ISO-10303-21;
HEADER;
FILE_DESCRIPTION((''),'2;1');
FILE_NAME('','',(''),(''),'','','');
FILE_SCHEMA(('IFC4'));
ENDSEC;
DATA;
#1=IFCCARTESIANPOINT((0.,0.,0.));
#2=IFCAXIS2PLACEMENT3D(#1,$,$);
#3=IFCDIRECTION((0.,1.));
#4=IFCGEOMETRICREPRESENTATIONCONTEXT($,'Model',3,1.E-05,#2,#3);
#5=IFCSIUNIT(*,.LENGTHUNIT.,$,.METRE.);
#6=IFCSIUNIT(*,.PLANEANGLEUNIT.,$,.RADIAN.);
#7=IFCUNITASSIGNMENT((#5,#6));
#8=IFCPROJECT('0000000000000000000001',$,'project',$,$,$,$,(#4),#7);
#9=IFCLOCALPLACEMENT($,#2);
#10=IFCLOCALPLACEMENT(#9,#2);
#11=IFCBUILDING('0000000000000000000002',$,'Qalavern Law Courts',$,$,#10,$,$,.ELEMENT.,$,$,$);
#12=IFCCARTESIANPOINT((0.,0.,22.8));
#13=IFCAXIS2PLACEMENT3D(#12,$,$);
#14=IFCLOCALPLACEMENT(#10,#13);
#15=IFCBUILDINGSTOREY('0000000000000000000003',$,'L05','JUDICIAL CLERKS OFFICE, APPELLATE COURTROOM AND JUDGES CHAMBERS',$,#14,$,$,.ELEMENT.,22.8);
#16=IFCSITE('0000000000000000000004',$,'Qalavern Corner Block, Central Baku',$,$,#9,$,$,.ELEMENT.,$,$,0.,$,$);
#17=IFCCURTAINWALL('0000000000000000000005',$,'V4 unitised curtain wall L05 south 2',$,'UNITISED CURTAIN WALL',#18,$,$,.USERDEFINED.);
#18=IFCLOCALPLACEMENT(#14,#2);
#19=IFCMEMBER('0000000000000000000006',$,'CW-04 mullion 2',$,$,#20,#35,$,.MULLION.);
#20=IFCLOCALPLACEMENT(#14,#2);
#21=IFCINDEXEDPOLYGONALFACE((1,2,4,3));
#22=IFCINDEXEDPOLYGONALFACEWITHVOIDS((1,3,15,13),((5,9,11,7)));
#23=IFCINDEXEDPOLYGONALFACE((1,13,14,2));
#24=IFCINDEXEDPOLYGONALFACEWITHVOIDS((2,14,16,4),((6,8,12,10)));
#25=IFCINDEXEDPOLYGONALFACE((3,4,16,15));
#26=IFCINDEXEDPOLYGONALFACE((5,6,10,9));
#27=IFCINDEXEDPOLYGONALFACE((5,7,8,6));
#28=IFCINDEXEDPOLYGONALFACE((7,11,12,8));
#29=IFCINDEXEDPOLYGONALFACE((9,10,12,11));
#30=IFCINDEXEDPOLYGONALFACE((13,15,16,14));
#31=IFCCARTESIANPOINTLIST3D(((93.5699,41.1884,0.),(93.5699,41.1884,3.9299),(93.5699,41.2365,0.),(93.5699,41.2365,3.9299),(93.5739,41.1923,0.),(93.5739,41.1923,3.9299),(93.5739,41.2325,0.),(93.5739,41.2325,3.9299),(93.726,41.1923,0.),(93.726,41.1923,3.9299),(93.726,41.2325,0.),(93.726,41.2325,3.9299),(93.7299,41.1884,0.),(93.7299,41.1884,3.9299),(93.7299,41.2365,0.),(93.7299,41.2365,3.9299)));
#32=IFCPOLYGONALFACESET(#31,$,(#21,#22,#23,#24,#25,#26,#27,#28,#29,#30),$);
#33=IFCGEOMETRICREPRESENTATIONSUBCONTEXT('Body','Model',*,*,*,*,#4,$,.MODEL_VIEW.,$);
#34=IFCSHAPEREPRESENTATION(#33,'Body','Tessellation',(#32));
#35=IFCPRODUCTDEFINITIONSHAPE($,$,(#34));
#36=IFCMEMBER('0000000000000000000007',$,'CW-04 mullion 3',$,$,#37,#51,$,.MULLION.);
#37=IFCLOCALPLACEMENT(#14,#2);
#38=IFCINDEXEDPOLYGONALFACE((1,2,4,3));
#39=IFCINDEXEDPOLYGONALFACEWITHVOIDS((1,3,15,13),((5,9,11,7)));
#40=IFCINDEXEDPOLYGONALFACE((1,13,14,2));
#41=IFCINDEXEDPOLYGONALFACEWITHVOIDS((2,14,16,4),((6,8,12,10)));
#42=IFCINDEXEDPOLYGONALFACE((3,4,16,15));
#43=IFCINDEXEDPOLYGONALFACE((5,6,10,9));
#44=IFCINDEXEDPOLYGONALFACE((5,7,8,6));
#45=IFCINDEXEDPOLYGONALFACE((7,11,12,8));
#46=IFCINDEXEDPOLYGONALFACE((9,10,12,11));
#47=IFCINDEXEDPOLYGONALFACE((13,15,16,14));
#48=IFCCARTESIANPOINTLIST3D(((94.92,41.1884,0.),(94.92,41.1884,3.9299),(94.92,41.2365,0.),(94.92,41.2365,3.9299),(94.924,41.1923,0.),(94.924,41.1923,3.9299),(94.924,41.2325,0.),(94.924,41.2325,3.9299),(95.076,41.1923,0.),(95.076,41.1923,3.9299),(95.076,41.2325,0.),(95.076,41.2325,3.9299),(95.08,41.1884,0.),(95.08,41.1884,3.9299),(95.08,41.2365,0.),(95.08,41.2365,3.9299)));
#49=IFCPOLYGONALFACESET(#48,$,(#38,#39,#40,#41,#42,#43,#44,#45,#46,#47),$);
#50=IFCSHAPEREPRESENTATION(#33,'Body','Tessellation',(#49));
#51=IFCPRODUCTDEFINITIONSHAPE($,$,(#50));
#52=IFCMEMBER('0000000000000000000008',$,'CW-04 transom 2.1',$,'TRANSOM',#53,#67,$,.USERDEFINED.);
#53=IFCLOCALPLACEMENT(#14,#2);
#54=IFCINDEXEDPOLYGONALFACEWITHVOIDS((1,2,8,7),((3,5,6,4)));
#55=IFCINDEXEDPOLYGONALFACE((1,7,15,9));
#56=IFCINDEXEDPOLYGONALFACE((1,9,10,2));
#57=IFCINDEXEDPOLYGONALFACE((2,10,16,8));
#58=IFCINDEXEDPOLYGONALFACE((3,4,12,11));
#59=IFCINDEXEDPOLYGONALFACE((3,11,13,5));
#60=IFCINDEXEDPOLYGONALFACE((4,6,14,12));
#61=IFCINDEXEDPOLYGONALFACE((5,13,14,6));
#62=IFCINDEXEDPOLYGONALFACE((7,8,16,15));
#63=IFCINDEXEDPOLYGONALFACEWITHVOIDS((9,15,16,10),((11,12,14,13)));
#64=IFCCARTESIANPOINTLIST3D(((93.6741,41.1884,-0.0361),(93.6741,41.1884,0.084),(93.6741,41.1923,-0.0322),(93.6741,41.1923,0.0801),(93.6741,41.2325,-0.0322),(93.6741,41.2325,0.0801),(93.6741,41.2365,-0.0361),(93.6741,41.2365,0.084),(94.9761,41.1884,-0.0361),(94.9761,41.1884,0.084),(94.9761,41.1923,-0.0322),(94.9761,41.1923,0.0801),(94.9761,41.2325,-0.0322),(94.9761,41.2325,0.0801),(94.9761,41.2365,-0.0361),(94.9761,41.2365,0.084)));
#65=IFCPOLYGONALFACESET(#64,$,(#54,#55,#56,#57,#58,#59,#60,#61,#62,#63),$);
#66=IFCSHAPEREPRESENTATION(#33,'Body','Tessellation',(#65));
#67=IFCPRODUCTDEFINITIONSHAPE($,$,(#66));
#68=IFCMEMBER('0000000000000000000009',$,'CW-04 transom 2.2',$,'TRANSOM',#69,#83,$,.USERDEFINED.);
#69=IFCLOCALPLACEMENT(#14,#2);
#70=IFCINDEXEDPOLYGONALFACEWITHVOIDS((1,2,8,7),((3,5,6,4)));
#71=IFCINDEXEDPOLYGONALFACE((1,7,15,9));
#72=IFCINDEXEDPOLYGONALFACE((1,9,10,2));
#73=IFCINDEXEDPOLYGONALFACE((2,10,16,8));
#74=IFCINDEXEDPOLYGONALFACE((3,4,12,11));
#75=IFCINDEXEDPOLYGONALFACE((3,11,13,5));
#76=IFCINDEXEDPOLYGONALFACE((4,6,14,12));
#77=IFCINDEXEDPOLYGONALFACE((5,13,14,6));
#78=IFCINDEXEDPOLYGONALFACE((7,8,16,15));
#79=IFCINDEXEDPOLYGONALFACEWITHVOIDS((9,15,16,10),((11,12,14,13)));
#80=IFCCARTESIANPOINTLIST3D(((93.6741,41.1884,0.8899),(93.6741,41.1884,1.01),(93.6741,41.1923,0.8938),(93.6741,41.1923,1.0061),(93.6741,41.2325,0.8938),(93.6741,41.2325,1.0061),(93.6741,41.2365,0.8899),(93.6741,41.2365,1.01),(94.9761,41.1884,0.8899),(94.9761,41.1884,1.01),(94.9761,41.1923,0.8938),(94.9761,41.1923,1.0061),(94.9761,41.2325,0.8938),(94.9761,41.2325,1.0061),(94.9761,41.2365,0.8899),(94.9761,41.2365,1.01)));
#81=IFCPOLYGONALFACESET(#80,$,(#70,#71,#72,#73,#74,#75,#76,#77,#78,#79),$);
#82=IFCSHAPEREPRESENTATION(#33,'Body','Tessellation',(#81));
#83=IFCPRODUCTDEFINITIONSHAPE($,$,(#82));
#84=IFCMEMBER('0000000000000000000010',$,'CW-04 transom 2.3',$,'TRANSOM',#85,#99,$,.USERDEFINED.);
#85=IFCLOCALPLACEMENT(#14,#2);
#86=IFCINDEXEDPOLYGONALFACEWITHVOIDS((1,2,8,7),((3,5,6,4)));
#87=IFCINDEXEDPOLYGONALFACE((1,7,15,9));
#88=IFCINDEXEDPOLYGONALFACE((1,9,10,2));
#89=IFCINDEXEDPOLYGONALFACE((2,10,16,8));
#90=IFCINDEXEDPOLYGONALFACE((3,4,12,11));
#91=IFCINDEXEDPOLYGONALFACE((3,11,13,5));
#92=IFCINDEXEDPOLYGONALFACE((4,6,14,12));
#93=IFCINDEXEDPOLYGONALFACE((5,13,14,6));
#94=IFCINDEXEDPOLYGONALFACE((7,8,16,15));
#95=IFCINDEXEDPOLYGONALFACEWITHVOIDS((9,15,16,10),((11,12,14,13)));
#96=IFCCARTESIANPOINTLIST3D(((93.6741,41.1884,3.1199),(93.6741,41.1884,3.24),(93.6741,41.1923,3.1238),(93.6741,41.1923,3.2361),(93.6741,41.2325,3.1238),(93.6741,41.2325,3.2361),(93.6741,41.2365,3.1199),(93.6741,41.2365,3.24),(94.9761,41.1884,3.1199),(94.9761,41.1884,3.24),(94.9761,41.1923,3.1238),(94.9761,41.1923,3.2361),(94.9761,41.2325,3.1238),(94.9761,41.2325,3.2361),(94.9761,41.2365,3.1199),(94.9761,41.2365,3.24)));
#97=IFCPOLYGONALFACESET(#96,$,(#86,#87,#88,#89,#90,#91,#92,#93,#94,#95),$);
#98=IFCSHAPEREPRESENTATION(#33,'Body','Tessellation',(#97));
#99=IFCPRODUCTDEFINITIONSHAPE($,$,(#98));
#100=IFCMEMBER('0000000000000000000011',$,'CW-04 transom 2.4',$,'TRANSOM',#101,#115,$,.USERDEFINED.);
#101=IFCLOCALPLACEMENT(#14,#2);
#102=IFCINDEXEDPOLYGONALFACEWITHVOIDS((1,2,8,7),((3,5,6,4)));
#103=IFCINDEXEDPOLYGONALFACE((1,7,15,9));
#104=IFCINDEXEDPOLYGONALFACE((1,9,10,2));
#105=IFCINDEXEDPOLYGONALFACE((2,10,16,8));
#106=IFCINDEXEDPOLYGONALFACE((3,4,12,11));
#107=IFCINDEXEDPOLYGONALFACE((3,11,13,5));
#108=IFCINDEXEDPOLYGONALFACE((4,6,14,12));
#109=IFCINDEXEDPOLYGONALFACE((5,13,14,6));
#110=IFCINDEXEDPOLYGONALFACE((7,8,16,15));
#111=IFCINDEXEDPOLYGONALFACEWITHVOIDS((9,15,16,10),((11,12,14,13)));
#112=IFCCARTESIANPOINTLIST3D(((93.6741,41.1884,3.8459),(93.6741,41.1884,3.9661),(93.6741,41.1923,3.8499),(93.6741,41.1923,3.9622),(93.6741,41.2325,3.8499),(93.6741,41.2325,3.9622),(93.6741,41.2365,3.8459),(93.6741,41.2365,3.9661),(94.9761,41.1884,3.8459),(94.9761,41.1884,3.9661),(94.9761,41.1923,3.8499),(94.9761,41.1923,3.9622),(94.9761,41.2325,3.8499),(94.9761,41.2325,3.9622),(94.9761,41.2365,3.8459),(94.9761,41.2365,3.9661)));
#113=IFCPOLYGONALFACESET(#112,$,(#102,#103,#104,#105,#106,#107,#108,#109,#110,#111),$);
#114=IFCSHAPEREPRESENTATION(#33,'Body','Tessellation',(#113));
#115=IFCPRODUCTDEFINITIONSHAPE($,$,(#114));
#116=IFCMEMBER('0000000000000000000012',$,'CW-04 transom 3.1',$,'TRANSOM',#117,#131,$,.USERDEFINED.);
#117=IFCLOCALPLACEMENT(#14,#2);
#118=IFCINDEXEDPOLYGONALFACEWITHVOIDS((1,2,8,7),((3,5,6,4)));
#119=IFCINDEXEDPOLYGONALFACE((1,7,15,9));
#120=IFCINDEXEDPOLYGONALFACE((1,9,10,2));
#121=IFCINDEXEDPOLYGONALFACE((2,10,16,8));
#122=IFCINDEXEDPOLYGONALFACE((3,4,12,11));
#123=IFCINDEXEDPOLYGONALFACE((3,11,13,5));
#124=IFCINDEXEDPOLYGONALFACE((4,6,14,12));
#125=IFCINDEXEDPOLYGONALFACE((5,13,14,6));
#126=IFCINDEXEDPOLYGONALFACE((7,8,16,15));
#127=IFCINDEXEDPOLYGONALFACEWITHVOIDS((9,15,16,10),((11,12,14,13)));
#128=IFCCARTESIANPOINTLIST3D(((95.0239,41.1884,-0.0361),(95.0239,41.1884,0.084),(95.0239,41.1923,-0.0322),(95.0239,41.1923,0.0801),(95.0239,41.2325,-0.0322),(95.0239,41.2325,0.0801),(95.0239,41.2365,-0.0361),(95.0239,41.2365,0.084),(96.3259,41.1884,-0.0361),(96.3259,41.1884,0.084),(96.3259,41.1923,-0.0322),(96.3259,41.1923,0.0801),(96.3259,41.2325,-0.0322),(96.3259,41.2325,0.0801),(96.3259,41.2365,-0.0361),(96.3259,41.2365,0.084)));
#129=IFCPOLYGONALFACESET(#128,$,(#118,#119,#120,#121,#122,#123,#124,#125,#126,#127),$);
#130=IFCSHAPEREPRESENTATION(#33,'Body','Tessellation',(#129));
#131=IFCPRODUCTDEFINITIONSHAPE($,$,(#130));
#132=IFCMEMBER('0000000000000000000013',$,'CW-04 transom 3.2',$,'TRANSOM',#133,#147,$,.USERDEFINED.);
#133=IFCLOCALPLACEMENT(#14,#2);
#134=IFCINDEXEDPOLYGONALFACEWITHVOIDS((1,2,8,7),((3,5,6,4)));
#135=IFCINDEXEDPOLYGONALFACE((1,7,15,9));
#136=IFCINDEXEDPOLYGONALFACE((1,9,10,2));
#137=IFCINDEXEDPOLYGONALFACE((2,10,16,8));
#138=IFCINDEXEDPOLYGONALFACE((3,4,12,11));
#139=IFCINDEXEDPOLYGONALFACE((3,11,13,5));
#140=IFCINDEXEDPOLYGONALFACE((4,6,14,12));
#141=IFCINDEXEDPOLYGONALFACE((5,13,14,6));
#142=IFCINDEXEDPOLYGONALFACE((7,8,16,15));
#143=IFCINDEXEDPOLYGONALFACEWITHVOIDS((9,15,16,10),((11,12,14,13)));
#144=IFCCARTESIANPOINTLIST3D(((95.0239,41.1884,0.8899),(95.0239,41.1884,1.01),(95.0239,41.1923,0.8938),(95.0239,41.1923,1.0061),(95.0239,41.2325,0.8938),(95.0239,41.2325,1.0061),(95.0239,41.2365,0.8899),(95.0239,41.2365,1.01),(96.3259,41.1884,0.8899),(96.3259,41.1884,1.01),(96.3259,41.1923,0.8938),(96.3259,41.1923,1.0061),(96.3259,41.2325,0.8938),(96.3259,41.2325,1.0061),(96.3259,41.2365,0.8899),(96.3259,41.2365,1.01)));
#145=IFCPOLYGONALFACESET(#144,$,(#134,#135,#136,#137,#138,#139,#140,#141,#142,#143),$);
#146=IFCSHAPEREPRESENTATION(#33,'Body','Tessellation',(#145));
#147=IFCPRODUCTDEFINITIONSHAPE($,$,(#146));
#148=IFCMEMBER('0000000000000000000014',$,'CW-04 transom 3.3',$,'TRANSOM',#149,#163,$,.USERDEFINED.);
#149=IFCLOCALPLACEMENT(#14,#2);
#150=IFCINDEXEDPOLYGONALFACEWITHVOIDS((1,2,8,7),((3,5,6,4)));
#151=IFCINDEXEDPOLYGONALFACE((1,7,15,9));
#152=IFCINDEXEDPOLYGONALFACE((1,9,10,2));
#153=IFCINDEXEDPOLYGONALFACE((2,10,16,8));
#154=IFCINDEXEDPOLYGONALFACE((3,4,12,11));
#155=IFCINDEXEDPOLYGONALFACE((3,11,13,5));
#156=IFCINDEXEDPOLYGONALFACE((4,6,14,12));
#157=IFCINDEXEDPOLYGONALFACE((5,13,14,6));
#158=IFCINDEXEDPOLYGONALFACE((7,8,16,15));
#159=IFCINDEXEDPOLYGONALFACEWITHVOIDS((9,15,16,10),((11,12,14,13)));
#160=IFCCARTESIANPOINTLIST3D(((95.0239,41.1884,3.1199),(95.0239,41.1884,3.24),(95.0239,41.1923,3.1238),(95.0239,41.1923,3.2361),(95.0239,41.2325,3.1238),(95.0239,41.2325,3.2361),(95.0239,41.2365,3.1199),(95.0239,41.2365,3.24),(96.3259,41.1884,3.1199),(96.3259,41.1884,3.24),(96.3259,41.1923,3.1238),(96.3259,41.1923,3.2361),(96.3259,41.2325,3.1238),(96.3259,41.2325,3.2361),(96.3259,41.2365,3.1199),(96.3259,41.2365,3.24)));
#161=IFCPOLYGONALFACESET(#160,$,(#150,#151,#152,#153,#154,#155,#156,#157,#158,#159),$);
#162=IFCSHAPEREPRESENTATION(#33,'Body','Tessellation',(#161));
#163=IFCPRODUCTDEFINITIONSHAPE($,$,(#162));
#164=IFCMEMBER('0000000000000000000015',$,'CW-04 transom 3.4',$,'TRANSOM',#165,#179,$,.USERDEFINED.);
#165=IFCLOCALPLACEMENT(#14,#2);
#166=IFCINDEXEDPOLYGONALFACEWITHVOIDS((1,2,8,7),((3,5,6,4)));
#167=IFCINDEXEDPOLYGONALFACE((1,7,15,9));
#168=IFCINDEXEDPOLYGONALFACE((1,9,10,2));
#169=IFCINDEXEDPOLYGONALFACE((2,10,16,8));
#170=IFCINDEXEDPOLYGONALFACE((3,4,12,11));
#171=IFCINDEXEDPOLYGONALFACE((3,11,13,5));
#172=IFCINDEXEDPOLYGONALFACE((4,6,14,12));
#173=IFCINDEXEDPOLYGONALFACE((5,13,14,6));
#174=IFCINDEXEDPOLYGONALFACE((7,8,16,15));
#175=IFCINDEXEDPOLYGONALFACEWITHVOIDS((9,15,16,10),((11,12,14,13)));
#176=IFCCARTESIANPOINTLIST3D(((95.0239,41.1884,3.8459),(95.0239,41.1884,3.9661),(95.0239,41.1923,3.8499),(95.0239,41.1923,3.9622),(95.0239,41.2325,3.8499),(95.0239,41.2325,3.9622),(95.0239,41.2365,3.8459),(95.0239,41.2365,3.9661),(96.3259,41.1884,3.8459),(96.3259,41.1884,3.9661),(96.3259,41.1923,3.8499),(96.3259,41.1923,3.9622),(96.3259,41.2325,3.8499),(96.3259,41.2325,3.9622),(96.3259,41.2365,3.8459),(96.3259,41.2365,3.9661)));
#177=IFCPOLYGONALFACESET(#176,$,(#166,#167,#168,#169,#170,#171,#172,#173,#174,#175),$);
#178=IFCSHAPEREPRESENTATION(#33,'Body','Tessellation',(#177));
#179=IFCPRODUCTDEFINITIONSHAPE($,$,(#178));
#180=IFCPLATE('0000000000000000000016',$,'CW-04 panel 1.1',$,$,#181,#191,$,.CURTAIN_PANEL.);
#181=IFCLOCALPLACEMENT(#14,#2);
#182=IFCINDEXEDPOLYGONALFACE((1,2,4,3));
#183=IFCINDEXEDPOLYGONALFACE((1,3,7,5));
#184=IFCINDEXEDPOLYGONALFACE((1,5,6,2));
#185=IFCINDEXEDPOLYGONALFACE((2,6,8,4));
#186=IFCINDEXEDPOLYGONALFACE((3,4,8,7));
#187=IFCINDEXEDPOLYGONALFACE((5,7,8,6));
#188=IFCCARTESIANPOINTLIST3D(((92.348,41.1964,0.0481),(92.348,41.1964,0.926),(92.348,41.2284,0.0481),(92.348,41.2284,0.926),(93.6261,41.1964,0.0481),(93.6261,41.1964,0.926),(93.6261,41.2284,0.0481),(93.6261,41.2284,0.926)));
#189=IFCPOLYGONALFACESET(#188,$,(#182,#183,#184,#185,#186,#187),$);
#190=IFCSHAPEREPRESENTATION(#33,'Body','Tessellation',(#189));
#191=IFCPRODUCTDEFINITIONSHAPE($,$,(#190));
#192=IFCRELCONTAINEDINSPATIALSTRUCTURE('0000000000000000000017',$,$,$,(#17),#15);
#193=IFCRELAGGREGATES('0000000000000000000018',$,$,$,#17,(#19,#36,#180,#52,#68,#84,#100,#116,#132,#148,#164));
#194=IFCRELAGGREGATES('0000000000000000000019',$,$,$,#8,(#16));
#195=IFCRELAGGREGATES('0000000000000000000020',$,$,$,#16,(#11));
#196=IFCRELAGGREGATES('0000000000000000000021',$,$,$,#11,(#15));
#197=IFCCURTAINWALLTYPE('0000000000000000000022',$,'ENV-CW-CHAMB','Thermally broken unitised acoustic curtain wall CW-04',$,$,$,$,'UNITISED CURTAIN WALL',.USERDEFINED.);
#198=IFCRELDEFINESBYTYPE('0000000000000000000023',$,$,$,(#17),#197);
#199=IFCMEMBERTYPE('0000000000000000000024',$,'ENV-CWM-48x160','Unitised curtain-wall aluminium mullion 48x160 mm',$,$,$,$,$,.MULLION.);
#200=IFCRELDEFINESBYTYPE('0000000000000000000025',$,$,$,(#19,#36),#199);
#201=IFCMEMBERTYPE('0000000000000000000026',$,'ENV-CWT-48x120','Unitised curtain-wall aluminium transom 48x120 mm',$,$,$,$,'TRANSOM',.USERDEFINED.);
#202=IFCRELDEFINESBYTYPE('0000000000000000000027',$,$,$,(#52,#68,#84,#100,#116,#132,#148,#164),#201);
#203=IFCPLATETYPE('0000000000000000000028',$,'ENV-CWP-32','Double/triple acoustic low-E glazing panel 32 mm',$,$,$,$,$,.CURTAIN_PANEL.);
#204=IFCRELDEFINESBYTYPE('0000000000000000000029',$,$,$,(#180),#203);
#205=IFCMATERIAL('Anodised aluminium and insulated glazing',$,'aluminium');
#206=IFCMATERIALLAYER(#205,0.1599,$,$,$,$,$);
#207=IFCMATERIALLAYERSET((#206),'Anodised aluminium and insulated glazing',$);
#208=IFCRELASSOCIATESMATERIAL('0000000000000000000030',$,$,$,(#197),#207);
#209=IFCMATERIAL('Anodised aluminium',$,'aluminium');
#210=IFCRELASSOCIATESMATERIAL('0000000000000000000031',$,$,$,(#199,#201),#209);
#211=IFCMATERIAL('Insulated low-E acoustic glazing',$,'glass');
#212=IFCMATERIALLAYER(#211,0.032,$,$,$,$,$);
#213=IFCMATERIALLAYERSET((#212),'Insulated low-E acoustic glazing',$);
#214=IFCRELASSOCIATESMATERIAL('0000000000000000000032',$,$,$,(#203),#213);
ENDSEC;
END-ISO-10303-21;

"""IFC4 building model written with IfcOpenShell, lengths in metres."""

from ifc_helpers import new_model, si_unit, direction, frame, origin, origin_2d, place, context, subcontext, project, spatial, rectangle, hollow_rectangle, extrude, material, layer, layer_set, material_profile, profile_set, type_object, element, aggregate, save


model = new_model("IFC4")

# Units and contexts
model_context = context("Model", 3, precision=1e-05, world=origin(), true_north=direction((0.0, 1.0)))
body_context = subcontext(model_context, "Body", "Model", "MODEL_VIEW")
ifc_project = project(units=[si_unit("LENGTHUNIT", "METRE"), si_unit("PLANEANGLEUNIT", "RADIAN")], contexts=[model_context])

# Site, building, storey
site_placement = place(None, origin())
site = spatial("IfcSite", under=ifc_project, at=site_placement, Name="Qalavern Corner Block, Central Baku", CompositionType="ELEMENT", RefElevation=0.0)
building_placement = place(site_placement, origin())
building = spatial("IfcBuilding", under=site, at=building_placement, Name="Qalavern Law Courts", CompositionType="ELEMENT")
storey_placement = place(building_placement, frame((0.0, 0.0, 22.8)))
storey = spatial("IfcBuildingStorey", under=building, at=storey_placement, Name="L05", Description="JUDICIAL CLERKS OFFICE, APPELLATE COURTROOM AND JUDGES CHAMBERS", CompositionType="ELEMENT", Elevation=22.8)

# Curtain wall, members, plate
ifc_material_1 = material(Name="Anodised aluminium and insulated glazing", Category="aluminium")
ifc_layer_1 = layer(ifc_material_1, 0.1599)
ifc_layer_set_1 = layer_set([ifc_layer_1], Name="Anodised aluminium and insulated glazing")
curtain_wall_type = type_object("IfcCurtainWallType", Name="ENV-CW-CHAMB", Description="Thermally broken unitised acoustic curtain wall CW-04", ElementType="UNITISED CURTAIN WALL", PredefinedType="USERDEFINED", material=ifc_layer_set_1)
curtain_wall_placement = place(storey_placement, origin())
curtain_wall = element("IfcCurtainWall", 1, at=curtain_wall_placement, inside=storey, type_object=curtain_wall_type, Name="V4 unitised curtain wall L05 south 2", ObjectType="UNITISED CURTAIN WALL", PredefinedType="USERDEFINED")
ifc_material_2 = material(Name="Anodised aluminium", Category="aluminium")
ifc_material_profile_1 = material_profile(ifc_material_2, hollow_rectangle(XDim=0.0481, YDim=0.1599, WallThickness=0.0039, at=origin_2d()), Name="ALU MULLION 48x160")
ifc_profile_set_1 = profile_set([ifc_material_profile_1], Name="Anodised aluminium")
member_type_1 = type_object("IfcMemberType", Name="ENV-CWM-48x160", Description="Unitised curtain-wall aluminium mullion 48x160 mm", PredefinedType="MULLION", material=ifc_profile_set_1)
member_1_placement = place(storey_placement, frame((93.6499, 41.2124, 0.0), z_axis=(0.0, 0.0, 1.0), x_axis=(0.0, 1.0, 0.0)))
member_1 = element("IfcMember", 2, at=member_1_placement, type_object=member_type_1, Name="CW-04 mullion 2", PredefinedType="MULLION", context=body_context, shape_type="SweptSolid", body=[
    extrude(hollow_rectangle(XDim=0.0481, YDim=0.1599, WallThickness=0.0039, at=origin_2d()), origin(), (0.0, 0.0, 1.0), 3.9299),
])
member_2_placement = place(storey_placement, frame((95.0, 41.2124, 0.0), z_axis=(0.0, 0.0, 1.0), x_axis=(0.0, 1.0, 0.0)))
member_2 = element("IfcMember", 3, at=member_2_placement, type_object=member_type_1, Name="CW-04 mullion 3", PredefinedType="MULLION", context=body_context, shape_type="SweptSolid", body=[
    extrude(hollow_rectangle(XDim=0.0481, YDim=0.1599, WallThickness=0.0039, at=origin_2d()), origin(), (0.0, 0.0, 1.0), 3.9299),
])
ifc_material_profile_2 = material_profile(ifc_material_2, hollow_rectangle(XDim=0.0481, YDim=0.1201, WallThickness=0.0039, at=origin_2d()), Name="ALU TRANSOM 48x120")
ifc_profile_set_2 = profile_set([ifc_material_profile_2], Name="Anodised aluminium")
member_type_2 = type_object("IfcMemberType", Name="ENV-CWT-48x120", Description="Unitised curtain-wall aluminium transom 48x120 mm", ElementType="TRANSOM", PredefinedType="USERDEFINED", material=ifc_profile_set_2)
member_3_placement = place(storey_placement, frame((93.6741, 41.2124, 0.0239), z_axis=(1.0, 0.0, 0.0), x_axis=(0.0, 1.0, 0.0)))
member_3 = element("IfcMember", 4, at=member_3_placement, type_object=member_type_2, Name="CW-04 transom 2.1", ObjectType="TRANSOM", PredefinedType="USERDEFINED", context=body_context, shape_type="SweptSolid", body=[
    extrude(hollow_rectangle(XDim=0.0481, YDim=0.1201, WallThickness=0.0039, at=origin_2d()), origin(), (0.0, 0.0, 1.0), 1.302),
])
member_4_placement = place(storey_placement, frame((93.6741, 41.2124, 0.95), z_axis=(1.0, 0.0, 0.0), x_axis=(0.0, 1.0, 0.0)))
member_4 = element("IfcMember", 5, at=member_4_placement, type_object=member_type_2, Name="CW-04 transom 2.2", ObjectType="TRANSOM", PredefinedType="USERDEFINED", context=body_context, shape_type="SweptSolid", body=[
    extrude(hollow_rectangle(XDim=0.0481, YDim=0.1201, WallThickness=0.0039, at=origin_2d()), origin(), (0.0, 0.0, 1.0), 1.302),
])
member_5_placement = place(storey_placement, frame((93.6741, 41.2124, 3.1799), z_axis=(1.0, 0.0, 0.0), x_axis=(0.0, 1.0, 0.0)))
member_5 = element("IfcMember", 6, at=member_5_placement, type_object=member_type_2, Name="CW-04 transom 2.3", ObjectType="TRANSOM", PredefinedType="USERDEFINED", context=body_context, shape_type="SweptSolid", body=[
    extrude(hollow_rectangle(XDim=0.0481, YDim=0.1201, WallThickness=0.0039, at=origin_2d()), origin(), (0.0, 0.0, 1.0), 1.302),
])
member_6_placement = place(storey_placement, frame((93.6741, 41.2124, 3.906), z_axis=(1.0, 0.0, 0.0), x_axis=(0.0, 1.0, 0.0)))
member_6 = element("IfcMember", 7, at=member_6_placement, type_object=member_type_2, Name="CW-04 transom 2.4", ObjectType="TRANSOM", PredefinedType="USERDEFINED", context=body_context, shape_type="SweptSolid", body=[
    extrude(hollow_rectangle(XDim=0.0481, YDim=0.1201, WallThickness=0.0039, at=origin_2d()), origin(), (0.0, 0.0, 1.0), 1.302),
])
member_7_placement = place(storey_placement, frame((95.0239, 41.2124, 0.0239), z_axis=(1.0, 0.0, 0.0), x_axis=(0.0, 1.0, 0.0)))
member_7 = element("IfcMember", 8, at=member_7_placement, type_object=member_type_2, Name="CW-04 transom 3.1", ObjectType="TRANSOM", PredefinedType="USERDEFINED", context=body_context, shape_type="SweptSolid", body=[
    extrude(hollow_rectangle(XDim=0.0481, YDim=0.1201, WallThickness=0.0039, at=origin_2d()), origin(), (0.0, 0.0, 1.0), 1.302),
])
member_8_placement = place(storey_placement, frame((95.0239, 41.2124, 0.95), z_axis=(1.0, 0.0, 0.0), x_axis=(0.0, 1.0, 0.0)))
member_8 = element("IfcMember", 9, at=member_8_placement, type_object=member_type_2, Name="CW-04 transom 3.2", ObjectType="TRANSOM", PredefinedType="USERDEFINED", context=body_context, shape_type="SweptSolid", body=[
    extrude(hollow_rectangle(XDim=0.0481, YDim=0.1201, WallThickness=0.0039, at=origin_2d()), origin(), (0.0, 0.0, 1.0), 1.302),
])
member_9_placement = place(storey_placement, frame((95.0239, 41.2124, 3.1799), z_axis=(1.0, 0.0, 0.0), x_axis=(0.0, 1.0, 0.0)))
member_9 = element("IfcMember", 10, at=member_9_placement, type_object=member_type_2, Name="CW-04 transom 3.3", ObjectType="TRANSOM", PredefinedType="USERDEFINED", context=body_context, shape_type="SweptSolid", body=[
    extrude(hollow_rectangle(XDim=0.0481, YDim=0.1201, WallThickness=0.0039, at=origin_2d()), origin(), (0.0, 0.0, 1.0), 1.302),
])
member_10_placement = place(storey_placement, frame((95.0239, 41.2124, 3.906), z_axis=(1.0, 0.0, 0.0), x_axis=(0.0, 1.0, 0.0)))
member_10 = element("IfcMember", 11, at=member_10_placement, type_object=member_type_2, Name="CW-04 transom 3.4", ObjectType="TRANSOM", PredefinedType="USERDEFINED", context=body_context, shape_type="SweptSolid", body=[
    extrude(hollow_rectangle(XDim=0.0481, YDim=0.1201, WallThickness=0.0039, at=origin_2d()), origin(), (0.0, 0.0, 1.0), 1.302),
])
ifc_material_3 = material(Name="Insulated low-E acoustic glazing", Category="glass")
ifc_layer_2 = layer(ifc_material_3, 0.032)
ifc_layer_set_2 = layer_set([ifc_layer_2], Name="Insulated low-E acoustic glazing")
plate_type = type_object("IfcPlateType", Name="ENV-CWP-32", Description="Double/triple acoustic low-E glazing panel 32 mm", PredefinedType="CURTAIN_PANEL", material=ifc_layer_set_2)
plate_1_placement = place(storey_placement, frame((92.9871, 41.2124, 0.0481), z_axis=(0.0, 0.0, 1.0), x_axis=(1.0, 0.0, 0.0)))
plate_1 = element("IfcPlate", 12, at=plate_1_placement, type_object=plate_type, Name="CW-04 panel 1.1", PredefinedType="CURTAIN_PANEL", context=body_context, shape_type="SweptSolid", body=[
    extrude(rectangle(XDim=1.2781, YDim=0.032, at=origin_2d()), origin(), (0.0, 0.0, 1.0), 0.8779),
])
aggregate(curtain_wall, [member_1, member_2, plate_1, member_3, member_4, member_5, member_6, member_7, member_8, member_9, member_10])

save(model, "model.ifc")
